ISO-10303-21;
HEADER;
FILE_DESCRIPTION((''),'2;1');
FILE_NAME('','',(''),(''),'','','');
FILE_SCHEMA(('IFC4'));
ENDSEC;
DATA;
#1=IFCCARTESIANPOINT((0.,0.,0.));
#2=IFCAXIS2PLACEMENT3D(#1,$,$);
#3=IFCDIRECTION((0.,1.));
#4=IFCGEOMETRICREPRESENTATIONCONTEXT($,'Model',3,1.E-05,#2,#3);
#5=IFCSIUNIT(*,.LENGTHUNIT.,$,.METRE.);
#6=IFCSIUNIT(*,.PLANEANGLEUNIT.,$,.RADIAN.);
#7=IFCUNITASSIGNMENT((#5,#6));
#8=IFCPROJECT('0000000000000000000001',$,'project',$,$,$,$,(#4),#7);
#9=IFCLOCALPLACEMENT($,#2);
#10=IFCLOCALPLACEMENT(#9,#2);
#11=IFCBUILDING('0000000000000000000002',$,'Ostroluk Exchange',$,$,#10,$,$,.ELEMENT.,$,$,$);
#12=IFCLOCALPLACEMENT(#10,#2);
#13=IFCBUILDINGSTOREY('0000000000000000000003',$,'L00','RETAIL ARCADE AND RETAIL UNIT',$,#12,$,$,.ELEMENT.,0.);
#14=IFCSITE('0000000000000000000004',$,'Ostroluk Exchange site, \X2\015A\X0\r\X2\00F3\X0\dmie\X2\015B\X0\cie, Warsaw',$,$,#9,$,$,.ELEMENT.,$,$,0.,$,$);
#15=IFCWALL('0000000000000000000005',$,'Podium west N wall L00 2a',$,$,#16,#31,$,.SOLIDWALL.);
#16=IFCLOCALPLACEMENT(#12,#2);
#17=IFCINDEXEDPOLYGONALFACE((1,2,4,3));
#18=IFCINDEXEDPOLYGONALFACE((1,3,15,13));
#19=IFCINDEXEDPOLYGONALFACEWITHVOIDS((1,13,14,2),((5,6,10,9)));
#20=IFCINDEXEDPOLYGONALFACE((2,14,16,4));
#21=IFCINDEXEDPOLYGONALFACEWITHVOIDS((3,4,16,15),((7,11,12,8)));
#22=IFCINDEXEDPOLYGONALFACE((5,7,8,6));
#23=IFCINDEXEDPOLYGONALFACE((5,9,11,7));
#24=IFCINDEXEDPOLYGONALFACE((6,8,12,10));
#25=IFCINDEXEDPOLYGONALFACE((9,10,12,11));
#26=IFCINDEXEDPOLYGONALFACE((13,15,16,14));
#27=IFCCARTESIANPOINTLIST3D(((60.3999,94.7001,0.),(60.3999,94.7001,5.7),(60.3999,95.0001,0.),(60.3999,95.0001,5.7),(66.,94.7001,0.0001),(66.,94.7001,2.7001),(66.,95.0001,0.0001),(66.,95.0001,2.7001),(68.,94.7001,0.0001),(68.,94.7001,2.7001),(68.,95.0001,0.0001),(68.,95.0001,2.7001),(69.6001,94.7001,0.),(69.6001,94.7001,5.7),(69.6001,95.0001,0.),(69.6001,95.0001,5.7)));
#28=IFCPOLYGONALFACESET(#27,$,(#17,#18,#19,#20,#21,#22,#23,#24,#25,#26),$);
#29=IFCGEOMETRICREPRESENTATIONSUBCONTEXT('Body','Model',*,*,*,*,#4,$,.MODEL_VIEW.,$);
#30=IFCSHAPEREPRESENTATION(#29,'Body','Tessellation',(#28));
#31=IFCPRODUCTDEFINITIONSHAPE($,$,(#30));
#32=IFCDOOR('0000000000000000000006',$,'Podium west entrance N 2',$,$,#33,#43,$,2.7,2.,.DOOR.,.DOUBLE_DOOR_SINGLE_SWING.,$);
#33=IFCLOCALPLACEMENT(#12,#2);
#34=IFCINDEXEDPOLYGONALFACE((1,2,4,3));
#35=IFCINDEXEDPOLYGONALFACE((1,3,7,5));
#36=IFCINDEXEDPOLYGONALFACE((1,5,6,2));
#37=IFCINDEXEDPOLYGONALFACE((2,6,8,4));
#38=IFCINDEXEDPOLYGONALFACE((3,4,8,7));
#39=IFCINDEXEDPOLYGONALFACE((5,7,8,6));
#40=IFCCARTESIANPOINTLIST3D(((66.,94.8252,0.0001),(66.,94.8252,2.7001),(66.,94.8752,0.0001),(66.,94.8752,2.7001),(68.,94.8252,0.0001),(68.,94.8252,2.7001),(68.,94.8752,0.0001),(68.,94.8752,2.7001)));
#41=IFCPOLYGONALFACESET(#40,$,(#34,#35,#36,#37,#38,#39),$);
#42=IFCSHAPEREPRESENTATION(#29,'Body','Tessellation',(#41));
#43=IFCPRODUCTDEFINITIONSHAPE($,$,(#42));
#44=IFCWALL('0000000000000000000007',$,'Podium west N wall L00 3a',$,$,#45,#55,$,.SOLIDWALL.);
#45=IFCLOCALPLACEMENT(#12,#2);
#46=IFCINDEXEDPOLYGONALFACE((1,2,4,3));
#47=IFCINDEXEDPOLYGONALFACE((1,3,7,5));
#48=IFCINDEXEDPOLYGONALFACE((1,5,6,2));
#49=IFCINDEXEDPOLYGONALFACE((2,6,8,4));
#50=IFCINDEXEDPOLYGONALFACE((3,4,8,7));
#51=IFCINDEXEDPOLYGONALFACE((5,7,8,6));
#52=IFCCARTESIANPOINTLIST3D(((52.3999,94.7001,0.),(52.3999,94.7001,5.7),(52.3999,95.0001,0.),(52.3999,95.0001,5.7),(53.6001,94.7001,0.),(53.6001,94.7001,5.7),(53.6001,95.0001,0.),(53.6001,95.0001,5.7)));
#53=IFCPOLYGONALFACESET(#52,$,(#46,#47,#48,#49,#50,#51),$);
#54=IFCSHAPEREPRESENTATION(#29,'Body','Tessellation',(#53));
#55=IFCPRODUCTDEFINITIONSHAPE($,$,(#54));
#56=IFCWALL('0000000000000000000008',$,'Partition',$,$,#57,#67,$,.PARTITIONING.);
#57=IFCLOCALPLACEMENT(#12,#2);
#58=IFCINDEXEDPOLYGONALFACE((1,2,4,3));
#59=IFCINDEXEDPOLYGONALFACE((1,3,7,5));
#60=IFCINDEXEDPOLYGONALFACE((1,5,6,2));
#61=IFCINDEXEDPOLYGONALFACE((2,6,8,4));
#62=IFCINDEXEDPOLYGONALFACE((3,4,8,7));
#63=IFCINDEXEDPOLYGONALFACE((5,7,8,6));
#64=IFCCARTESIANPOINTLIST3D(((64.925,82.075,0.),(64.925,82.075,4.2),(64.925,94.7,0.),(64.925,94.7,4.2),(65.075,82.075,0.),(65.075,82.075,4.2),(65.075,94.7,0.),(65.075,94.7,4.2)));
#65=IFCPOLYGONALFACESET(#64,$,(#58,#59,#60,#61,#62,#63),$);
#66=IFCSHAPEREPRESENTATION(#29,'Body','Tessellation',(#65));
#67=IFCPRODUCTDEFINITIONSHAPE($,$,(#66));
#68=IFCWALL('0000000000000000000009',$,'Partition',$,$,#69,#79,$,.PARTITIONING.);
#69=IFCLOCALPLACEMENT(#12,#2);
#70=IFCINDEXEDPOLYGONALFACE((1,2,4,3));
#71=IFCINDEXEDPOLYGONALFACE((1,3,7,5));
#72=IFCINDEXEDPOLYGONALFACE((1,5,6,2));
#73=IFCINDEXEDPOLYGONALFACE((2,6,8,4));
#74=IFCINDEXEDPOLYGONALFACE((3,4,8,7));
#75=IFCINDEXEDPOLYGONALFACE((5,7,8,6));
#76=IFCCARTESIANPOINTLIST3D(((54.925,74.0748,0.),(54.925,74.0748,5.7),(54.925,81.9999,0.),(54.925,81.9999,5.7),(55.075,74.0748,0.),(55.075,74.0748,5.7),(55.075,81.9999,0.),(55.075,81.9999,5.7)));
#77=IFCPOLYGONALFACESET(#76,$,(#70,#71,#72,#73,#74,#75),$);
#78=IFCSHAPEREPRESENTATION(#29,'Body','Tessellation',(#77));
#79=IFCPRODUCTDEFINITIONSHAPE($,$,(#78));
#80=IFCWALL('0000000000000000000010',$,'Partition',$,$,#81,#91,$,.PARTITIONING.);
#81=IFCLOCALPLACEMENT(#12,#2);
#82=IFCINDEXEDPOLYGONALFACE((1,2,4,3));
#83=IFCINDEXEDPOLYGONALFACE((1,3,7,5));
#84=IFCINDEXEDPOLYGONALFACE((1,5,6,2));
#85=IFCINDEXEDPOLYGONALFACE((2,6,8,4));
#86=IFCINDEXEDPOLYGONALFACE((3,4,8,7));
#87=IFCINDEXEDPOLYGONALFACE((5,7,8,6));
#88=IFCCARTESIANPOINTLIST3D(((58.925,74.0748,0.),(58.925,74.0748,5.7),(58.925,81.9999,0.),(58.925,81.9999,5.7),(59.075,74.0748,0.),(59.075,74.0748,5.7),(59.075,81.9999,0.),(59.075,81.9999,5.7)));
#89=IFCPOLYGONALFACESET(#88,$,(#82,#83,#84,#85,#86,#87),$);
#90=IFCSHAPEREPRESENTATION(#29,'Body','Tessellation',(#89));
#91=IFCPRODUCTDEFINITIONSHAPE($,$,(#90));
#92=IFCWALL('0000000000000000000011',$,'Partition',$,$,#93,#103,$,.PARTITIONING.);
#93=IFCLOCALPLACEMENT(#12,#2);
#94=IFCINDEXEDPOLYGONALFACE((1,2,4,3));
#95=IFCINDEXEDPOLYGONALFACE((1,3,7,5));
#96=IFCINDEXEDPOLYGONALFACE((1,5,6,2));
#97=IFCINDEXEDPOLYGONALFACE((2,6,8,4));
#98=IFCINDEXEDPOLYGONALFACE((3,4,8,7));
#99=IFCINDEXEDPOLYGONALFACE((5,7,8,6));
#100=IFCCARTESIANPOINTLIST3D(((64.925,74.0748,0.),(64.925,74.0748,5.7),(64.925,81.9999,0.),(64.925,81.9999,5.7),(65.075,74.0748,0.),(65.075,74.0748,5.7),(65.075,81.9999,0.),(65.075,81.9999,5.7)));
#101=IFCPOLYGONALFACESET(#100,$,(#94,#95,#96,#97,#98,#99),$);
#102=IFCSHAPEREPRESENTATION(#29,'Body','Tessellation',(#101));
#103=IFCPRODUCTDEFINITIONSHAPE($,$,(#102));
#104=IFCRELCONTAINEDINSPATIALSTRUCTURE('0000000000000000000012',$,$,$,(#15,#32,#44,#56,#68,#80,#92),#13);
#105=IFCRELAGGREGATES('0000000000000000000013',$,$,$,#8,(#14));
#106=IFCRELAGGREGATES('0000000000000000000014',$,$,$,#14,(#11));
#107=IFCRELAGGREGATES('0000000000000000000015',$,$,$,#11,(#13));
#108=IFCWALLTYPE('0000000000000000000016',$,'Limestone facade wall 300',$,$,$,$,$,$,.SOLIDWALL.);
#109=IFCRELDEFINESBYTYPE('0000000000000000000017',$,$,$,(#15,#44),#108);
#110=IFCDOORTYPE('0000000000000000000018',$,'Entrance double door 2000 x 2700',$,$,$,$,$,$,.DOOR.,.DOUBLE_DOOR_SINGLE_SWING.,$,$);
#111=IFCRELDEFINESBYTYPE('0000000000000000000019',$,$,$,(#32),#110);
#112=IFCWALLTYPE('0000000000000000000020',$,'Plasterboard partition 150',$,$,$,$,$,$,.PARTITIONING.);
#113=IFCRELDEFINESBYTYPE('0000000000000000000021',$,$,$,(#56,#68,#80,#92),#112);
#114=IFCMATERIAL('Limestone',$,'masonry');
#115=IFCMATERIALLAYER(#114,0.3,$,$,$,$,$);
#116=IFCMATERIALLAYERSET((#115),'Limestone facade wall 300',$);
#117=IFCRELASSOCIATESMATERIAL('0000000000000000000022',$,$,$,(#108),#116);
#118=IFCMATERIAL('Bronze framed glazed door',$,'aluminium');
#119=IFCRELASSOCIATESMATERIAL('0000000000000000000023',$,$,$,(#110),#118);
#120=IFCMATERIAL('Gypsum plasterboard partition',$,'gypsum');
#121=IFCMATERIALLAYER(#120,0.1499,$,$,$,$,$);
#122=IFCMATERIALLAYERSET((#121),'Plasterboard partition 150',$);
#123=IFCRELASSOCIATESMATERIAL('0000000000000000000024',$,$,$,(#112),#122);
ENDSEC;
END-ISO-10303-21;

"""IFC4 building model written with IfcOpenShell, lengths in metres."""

from ifc_helpers import new_model, si_unit, direction, frame, frame_2d, origin, place, context, subcontext, project, spatial, rectangle, extrude, material, layer, layer_set, type_object, element, fill, save


model = new_model("IFC4")

# Units and contexts
model_context = context("Model", 3, precision=1e-05, world=origin(), true_north=direction((0.0, 1.0)))
body_context = subcontext(model_context, "Body", "Model", "MODEL_VIEW")
ifc_project = project(units=[si_unit("LENGTHUNIT", "METRE"), si_unit("PLANEANGLEUNIT", "RADIAN")], contexts=[model_context])

# Site, building, storey
site_placement = place(None, origin())
site = spatial("IfcSite", under=ifc_project, at=site_placement, Name="Ostroluk Exchange site, Śródmieście, Warsaw", CompositionType="ELEMENT", RefElevation=0.0)
building_placement = place(site_placement, origin())
building = spatial("IfcBuilding", under=site, at=building_placement, Name="Ostroluk Exchange", CompositionType="ELEMENT")
storey_placement = place(building_placement, origin())
storey = spatial("IfcBuildingStorey", under=building, at=storey_placement, Name="L00", Description="RETAIL ARCADE AND RETAIL UNIT", CompositionType="ELEMENT", Elevation=0.0)

# Wall, opening, door
ifc_material_1 = material(Name="Limestone", Category="masonry")
ifc_layer_1 = layer(ifc_material_1, 0.3)
ifc_layer_set_1 = layer_set([ifc_layer_1], Name="Limestone facade wall 300")
wall_type_1 = type_object("IfcWallType", Name="Limestone facade wall 300", PredefinedType="SOLIDWALL", material=ifc_layer_set_1)
wall_1_placement = place(storey_placement, frame((69.6001, 94.8501, 0.0), z_axis=(0.0, 0.0, 1.0), x_axis=(-1.0, 0.0, 0.0)))
wall_1 = element("IfcWall", 1, at=wall_1_placement, inside=storey, type_object=wall_type_1, Name="Podium west N wall L00 2a", PredefinedType="SOLIDWALL", context=body_context, shape_type="SweptSolid", body=[
    extrude(rectangle(XDim=9.2002, YDim=0.3, at=frame_2d((4.6001, 0.0))), origin(), (0.0, 0.0, 1.0), 5.7),
])
opening_placement = place(wall_1_placement, frame((1.6001, 0.0, 0.0)))
opening = element("IfcOpeningElement", 2, at=opening_placement, cuts=wall_1, PredefinedType="OPENING", context=body_context, shape_type="SweptSolid", body=[
    extrude(rectangle(XDim=2.0, YDim=2.7, at=frame_2d((1.0, 1.3501))), frame((0.0, 0.1599, 0.0), z_axis=(0.0, -1.0, 0.0), x_axis=(1.0, 0.0, 0.0)), (0.0, 0.0, 1.0), 0.3201),
])
ifc_material_2 = material(Name="Bronze framed glazed door", Category="aluminium")
door_type = type_object("IfcDoorType", Name="Entrance double door 2000 x 2700", OperationType="DOUBLE_DOOR_SINGLE_SWING", PredefinedType="DOOR", material=ifc_material_2)
door_placement = place(opening_placement, origin())
door = element("IfcDoor", 3, at=door_placement, inside=storey, type_object=door_type, Name="Podium west entrance N 2", OperationType="DOUBLE_DOOR_SINGLE_SWING", OverallHeight=2.7, OverallWidth=2.0, PredefinedType="DOOR", context=body_context, shape_type="SweptSolid", body=[
    extrude(rectangle(XDim=2.0, YDim=2.7, at=frame_2d((1.0, 1.3501))), frame((0.0, 0.0249, 0.0), z_axis=(0.0, -1.0, 0.0), x_axis=(1.0, 0.0, 0.0)), (0.0, 0.0, 1.0), 0.05),
])
fill(opening, door)

# Walls
wall_2_placement = place(storey_placement, frame((53.6001, 94.8501, 0.0), z_axis=(0.0, 0.0, 1.0), x_axis=(-1.0, 0.0, 0.0)))
element("IfcWall", 4, at=wall_2_placement, inside=storey, type_object=wall_type_1, Name="Podium west N wall L00 3a", PredefinedType="SOLIDWALL", context=body_context, shape_type="SweptSolid", body=[
    extrude(rectangle(XDim=1.2002, YDim=0.3, at=frame_2d((0.6001, 0.0))), origin(), (0.0, 0.0, 1.0), 5.7),
])
ifc_material_3 = material(Name="Gypsum plasterboard partition", Category="gypsum")
ifc_layer_2 = layer(ifc_material_3, 0.1499)
ifc_layer_set_2 = layer_set([ifc_layer_2], Name="Plasterboard partition 150")
wall_type_2 = type_object("IfcWallType", Name="Plasterboard partition 150", PredefinedType="PARTITIONING", material=ifc_layer_set_2)
wall_3_placement = place(storey_placement, frame((65.0, 82.075, 0.0), z_axis=(0.0, 0.0, 1.0), x_axis=(0.0, 1.0, 0.0)))
element("IfcWall", 5, at=wall_3_placement, inside=storey, type_object=wall_type_2, Name="Partition", PredefinedType="PARTITIONING", context=body_context, shape_type="SweptSolid", body=[
    extrude(rectangle(XDim=12.625, YDim=0.1499, at=frame_2d((6.3125, 0.0))), origin(), (0.0, 0.0, 1.0), 4.2),
])
for number, where, z_axis, x_axis, name in (
    (6, (55.0, 74.075, 0.0), (0.0, 0.0, 1.0), (0.0, 1.0, 0.0), "Partition"),
    (7, (59.0, 74.075, 0.0), (0.0, 0.0, 1.0), (0.0, 1.0, 0.0), "Partition"),
    (8, (65.0, 74.075, 0.0), (0.0, 0.0, 1.0), (0.0, 1.0, 0.0), "Partition"),
):
    element("IfcWall", number, at=place(storey_placement, frame(where, z_axis=z_axis, x_axis=x_axis)), inside=storey, type_object=wall_type_2, Name=name, PredefinedType="PARTITIONING", context=body_context, shape_type="SweptSolid", body=[
        extrude(rectangle(XDim=7.925, YDim=0.1499, at=frame_2d((3.9624, 0.0))), origin(), (0.0, 0.0, 1.0), 5.7),
    ])

save(model, "model.ifc")
